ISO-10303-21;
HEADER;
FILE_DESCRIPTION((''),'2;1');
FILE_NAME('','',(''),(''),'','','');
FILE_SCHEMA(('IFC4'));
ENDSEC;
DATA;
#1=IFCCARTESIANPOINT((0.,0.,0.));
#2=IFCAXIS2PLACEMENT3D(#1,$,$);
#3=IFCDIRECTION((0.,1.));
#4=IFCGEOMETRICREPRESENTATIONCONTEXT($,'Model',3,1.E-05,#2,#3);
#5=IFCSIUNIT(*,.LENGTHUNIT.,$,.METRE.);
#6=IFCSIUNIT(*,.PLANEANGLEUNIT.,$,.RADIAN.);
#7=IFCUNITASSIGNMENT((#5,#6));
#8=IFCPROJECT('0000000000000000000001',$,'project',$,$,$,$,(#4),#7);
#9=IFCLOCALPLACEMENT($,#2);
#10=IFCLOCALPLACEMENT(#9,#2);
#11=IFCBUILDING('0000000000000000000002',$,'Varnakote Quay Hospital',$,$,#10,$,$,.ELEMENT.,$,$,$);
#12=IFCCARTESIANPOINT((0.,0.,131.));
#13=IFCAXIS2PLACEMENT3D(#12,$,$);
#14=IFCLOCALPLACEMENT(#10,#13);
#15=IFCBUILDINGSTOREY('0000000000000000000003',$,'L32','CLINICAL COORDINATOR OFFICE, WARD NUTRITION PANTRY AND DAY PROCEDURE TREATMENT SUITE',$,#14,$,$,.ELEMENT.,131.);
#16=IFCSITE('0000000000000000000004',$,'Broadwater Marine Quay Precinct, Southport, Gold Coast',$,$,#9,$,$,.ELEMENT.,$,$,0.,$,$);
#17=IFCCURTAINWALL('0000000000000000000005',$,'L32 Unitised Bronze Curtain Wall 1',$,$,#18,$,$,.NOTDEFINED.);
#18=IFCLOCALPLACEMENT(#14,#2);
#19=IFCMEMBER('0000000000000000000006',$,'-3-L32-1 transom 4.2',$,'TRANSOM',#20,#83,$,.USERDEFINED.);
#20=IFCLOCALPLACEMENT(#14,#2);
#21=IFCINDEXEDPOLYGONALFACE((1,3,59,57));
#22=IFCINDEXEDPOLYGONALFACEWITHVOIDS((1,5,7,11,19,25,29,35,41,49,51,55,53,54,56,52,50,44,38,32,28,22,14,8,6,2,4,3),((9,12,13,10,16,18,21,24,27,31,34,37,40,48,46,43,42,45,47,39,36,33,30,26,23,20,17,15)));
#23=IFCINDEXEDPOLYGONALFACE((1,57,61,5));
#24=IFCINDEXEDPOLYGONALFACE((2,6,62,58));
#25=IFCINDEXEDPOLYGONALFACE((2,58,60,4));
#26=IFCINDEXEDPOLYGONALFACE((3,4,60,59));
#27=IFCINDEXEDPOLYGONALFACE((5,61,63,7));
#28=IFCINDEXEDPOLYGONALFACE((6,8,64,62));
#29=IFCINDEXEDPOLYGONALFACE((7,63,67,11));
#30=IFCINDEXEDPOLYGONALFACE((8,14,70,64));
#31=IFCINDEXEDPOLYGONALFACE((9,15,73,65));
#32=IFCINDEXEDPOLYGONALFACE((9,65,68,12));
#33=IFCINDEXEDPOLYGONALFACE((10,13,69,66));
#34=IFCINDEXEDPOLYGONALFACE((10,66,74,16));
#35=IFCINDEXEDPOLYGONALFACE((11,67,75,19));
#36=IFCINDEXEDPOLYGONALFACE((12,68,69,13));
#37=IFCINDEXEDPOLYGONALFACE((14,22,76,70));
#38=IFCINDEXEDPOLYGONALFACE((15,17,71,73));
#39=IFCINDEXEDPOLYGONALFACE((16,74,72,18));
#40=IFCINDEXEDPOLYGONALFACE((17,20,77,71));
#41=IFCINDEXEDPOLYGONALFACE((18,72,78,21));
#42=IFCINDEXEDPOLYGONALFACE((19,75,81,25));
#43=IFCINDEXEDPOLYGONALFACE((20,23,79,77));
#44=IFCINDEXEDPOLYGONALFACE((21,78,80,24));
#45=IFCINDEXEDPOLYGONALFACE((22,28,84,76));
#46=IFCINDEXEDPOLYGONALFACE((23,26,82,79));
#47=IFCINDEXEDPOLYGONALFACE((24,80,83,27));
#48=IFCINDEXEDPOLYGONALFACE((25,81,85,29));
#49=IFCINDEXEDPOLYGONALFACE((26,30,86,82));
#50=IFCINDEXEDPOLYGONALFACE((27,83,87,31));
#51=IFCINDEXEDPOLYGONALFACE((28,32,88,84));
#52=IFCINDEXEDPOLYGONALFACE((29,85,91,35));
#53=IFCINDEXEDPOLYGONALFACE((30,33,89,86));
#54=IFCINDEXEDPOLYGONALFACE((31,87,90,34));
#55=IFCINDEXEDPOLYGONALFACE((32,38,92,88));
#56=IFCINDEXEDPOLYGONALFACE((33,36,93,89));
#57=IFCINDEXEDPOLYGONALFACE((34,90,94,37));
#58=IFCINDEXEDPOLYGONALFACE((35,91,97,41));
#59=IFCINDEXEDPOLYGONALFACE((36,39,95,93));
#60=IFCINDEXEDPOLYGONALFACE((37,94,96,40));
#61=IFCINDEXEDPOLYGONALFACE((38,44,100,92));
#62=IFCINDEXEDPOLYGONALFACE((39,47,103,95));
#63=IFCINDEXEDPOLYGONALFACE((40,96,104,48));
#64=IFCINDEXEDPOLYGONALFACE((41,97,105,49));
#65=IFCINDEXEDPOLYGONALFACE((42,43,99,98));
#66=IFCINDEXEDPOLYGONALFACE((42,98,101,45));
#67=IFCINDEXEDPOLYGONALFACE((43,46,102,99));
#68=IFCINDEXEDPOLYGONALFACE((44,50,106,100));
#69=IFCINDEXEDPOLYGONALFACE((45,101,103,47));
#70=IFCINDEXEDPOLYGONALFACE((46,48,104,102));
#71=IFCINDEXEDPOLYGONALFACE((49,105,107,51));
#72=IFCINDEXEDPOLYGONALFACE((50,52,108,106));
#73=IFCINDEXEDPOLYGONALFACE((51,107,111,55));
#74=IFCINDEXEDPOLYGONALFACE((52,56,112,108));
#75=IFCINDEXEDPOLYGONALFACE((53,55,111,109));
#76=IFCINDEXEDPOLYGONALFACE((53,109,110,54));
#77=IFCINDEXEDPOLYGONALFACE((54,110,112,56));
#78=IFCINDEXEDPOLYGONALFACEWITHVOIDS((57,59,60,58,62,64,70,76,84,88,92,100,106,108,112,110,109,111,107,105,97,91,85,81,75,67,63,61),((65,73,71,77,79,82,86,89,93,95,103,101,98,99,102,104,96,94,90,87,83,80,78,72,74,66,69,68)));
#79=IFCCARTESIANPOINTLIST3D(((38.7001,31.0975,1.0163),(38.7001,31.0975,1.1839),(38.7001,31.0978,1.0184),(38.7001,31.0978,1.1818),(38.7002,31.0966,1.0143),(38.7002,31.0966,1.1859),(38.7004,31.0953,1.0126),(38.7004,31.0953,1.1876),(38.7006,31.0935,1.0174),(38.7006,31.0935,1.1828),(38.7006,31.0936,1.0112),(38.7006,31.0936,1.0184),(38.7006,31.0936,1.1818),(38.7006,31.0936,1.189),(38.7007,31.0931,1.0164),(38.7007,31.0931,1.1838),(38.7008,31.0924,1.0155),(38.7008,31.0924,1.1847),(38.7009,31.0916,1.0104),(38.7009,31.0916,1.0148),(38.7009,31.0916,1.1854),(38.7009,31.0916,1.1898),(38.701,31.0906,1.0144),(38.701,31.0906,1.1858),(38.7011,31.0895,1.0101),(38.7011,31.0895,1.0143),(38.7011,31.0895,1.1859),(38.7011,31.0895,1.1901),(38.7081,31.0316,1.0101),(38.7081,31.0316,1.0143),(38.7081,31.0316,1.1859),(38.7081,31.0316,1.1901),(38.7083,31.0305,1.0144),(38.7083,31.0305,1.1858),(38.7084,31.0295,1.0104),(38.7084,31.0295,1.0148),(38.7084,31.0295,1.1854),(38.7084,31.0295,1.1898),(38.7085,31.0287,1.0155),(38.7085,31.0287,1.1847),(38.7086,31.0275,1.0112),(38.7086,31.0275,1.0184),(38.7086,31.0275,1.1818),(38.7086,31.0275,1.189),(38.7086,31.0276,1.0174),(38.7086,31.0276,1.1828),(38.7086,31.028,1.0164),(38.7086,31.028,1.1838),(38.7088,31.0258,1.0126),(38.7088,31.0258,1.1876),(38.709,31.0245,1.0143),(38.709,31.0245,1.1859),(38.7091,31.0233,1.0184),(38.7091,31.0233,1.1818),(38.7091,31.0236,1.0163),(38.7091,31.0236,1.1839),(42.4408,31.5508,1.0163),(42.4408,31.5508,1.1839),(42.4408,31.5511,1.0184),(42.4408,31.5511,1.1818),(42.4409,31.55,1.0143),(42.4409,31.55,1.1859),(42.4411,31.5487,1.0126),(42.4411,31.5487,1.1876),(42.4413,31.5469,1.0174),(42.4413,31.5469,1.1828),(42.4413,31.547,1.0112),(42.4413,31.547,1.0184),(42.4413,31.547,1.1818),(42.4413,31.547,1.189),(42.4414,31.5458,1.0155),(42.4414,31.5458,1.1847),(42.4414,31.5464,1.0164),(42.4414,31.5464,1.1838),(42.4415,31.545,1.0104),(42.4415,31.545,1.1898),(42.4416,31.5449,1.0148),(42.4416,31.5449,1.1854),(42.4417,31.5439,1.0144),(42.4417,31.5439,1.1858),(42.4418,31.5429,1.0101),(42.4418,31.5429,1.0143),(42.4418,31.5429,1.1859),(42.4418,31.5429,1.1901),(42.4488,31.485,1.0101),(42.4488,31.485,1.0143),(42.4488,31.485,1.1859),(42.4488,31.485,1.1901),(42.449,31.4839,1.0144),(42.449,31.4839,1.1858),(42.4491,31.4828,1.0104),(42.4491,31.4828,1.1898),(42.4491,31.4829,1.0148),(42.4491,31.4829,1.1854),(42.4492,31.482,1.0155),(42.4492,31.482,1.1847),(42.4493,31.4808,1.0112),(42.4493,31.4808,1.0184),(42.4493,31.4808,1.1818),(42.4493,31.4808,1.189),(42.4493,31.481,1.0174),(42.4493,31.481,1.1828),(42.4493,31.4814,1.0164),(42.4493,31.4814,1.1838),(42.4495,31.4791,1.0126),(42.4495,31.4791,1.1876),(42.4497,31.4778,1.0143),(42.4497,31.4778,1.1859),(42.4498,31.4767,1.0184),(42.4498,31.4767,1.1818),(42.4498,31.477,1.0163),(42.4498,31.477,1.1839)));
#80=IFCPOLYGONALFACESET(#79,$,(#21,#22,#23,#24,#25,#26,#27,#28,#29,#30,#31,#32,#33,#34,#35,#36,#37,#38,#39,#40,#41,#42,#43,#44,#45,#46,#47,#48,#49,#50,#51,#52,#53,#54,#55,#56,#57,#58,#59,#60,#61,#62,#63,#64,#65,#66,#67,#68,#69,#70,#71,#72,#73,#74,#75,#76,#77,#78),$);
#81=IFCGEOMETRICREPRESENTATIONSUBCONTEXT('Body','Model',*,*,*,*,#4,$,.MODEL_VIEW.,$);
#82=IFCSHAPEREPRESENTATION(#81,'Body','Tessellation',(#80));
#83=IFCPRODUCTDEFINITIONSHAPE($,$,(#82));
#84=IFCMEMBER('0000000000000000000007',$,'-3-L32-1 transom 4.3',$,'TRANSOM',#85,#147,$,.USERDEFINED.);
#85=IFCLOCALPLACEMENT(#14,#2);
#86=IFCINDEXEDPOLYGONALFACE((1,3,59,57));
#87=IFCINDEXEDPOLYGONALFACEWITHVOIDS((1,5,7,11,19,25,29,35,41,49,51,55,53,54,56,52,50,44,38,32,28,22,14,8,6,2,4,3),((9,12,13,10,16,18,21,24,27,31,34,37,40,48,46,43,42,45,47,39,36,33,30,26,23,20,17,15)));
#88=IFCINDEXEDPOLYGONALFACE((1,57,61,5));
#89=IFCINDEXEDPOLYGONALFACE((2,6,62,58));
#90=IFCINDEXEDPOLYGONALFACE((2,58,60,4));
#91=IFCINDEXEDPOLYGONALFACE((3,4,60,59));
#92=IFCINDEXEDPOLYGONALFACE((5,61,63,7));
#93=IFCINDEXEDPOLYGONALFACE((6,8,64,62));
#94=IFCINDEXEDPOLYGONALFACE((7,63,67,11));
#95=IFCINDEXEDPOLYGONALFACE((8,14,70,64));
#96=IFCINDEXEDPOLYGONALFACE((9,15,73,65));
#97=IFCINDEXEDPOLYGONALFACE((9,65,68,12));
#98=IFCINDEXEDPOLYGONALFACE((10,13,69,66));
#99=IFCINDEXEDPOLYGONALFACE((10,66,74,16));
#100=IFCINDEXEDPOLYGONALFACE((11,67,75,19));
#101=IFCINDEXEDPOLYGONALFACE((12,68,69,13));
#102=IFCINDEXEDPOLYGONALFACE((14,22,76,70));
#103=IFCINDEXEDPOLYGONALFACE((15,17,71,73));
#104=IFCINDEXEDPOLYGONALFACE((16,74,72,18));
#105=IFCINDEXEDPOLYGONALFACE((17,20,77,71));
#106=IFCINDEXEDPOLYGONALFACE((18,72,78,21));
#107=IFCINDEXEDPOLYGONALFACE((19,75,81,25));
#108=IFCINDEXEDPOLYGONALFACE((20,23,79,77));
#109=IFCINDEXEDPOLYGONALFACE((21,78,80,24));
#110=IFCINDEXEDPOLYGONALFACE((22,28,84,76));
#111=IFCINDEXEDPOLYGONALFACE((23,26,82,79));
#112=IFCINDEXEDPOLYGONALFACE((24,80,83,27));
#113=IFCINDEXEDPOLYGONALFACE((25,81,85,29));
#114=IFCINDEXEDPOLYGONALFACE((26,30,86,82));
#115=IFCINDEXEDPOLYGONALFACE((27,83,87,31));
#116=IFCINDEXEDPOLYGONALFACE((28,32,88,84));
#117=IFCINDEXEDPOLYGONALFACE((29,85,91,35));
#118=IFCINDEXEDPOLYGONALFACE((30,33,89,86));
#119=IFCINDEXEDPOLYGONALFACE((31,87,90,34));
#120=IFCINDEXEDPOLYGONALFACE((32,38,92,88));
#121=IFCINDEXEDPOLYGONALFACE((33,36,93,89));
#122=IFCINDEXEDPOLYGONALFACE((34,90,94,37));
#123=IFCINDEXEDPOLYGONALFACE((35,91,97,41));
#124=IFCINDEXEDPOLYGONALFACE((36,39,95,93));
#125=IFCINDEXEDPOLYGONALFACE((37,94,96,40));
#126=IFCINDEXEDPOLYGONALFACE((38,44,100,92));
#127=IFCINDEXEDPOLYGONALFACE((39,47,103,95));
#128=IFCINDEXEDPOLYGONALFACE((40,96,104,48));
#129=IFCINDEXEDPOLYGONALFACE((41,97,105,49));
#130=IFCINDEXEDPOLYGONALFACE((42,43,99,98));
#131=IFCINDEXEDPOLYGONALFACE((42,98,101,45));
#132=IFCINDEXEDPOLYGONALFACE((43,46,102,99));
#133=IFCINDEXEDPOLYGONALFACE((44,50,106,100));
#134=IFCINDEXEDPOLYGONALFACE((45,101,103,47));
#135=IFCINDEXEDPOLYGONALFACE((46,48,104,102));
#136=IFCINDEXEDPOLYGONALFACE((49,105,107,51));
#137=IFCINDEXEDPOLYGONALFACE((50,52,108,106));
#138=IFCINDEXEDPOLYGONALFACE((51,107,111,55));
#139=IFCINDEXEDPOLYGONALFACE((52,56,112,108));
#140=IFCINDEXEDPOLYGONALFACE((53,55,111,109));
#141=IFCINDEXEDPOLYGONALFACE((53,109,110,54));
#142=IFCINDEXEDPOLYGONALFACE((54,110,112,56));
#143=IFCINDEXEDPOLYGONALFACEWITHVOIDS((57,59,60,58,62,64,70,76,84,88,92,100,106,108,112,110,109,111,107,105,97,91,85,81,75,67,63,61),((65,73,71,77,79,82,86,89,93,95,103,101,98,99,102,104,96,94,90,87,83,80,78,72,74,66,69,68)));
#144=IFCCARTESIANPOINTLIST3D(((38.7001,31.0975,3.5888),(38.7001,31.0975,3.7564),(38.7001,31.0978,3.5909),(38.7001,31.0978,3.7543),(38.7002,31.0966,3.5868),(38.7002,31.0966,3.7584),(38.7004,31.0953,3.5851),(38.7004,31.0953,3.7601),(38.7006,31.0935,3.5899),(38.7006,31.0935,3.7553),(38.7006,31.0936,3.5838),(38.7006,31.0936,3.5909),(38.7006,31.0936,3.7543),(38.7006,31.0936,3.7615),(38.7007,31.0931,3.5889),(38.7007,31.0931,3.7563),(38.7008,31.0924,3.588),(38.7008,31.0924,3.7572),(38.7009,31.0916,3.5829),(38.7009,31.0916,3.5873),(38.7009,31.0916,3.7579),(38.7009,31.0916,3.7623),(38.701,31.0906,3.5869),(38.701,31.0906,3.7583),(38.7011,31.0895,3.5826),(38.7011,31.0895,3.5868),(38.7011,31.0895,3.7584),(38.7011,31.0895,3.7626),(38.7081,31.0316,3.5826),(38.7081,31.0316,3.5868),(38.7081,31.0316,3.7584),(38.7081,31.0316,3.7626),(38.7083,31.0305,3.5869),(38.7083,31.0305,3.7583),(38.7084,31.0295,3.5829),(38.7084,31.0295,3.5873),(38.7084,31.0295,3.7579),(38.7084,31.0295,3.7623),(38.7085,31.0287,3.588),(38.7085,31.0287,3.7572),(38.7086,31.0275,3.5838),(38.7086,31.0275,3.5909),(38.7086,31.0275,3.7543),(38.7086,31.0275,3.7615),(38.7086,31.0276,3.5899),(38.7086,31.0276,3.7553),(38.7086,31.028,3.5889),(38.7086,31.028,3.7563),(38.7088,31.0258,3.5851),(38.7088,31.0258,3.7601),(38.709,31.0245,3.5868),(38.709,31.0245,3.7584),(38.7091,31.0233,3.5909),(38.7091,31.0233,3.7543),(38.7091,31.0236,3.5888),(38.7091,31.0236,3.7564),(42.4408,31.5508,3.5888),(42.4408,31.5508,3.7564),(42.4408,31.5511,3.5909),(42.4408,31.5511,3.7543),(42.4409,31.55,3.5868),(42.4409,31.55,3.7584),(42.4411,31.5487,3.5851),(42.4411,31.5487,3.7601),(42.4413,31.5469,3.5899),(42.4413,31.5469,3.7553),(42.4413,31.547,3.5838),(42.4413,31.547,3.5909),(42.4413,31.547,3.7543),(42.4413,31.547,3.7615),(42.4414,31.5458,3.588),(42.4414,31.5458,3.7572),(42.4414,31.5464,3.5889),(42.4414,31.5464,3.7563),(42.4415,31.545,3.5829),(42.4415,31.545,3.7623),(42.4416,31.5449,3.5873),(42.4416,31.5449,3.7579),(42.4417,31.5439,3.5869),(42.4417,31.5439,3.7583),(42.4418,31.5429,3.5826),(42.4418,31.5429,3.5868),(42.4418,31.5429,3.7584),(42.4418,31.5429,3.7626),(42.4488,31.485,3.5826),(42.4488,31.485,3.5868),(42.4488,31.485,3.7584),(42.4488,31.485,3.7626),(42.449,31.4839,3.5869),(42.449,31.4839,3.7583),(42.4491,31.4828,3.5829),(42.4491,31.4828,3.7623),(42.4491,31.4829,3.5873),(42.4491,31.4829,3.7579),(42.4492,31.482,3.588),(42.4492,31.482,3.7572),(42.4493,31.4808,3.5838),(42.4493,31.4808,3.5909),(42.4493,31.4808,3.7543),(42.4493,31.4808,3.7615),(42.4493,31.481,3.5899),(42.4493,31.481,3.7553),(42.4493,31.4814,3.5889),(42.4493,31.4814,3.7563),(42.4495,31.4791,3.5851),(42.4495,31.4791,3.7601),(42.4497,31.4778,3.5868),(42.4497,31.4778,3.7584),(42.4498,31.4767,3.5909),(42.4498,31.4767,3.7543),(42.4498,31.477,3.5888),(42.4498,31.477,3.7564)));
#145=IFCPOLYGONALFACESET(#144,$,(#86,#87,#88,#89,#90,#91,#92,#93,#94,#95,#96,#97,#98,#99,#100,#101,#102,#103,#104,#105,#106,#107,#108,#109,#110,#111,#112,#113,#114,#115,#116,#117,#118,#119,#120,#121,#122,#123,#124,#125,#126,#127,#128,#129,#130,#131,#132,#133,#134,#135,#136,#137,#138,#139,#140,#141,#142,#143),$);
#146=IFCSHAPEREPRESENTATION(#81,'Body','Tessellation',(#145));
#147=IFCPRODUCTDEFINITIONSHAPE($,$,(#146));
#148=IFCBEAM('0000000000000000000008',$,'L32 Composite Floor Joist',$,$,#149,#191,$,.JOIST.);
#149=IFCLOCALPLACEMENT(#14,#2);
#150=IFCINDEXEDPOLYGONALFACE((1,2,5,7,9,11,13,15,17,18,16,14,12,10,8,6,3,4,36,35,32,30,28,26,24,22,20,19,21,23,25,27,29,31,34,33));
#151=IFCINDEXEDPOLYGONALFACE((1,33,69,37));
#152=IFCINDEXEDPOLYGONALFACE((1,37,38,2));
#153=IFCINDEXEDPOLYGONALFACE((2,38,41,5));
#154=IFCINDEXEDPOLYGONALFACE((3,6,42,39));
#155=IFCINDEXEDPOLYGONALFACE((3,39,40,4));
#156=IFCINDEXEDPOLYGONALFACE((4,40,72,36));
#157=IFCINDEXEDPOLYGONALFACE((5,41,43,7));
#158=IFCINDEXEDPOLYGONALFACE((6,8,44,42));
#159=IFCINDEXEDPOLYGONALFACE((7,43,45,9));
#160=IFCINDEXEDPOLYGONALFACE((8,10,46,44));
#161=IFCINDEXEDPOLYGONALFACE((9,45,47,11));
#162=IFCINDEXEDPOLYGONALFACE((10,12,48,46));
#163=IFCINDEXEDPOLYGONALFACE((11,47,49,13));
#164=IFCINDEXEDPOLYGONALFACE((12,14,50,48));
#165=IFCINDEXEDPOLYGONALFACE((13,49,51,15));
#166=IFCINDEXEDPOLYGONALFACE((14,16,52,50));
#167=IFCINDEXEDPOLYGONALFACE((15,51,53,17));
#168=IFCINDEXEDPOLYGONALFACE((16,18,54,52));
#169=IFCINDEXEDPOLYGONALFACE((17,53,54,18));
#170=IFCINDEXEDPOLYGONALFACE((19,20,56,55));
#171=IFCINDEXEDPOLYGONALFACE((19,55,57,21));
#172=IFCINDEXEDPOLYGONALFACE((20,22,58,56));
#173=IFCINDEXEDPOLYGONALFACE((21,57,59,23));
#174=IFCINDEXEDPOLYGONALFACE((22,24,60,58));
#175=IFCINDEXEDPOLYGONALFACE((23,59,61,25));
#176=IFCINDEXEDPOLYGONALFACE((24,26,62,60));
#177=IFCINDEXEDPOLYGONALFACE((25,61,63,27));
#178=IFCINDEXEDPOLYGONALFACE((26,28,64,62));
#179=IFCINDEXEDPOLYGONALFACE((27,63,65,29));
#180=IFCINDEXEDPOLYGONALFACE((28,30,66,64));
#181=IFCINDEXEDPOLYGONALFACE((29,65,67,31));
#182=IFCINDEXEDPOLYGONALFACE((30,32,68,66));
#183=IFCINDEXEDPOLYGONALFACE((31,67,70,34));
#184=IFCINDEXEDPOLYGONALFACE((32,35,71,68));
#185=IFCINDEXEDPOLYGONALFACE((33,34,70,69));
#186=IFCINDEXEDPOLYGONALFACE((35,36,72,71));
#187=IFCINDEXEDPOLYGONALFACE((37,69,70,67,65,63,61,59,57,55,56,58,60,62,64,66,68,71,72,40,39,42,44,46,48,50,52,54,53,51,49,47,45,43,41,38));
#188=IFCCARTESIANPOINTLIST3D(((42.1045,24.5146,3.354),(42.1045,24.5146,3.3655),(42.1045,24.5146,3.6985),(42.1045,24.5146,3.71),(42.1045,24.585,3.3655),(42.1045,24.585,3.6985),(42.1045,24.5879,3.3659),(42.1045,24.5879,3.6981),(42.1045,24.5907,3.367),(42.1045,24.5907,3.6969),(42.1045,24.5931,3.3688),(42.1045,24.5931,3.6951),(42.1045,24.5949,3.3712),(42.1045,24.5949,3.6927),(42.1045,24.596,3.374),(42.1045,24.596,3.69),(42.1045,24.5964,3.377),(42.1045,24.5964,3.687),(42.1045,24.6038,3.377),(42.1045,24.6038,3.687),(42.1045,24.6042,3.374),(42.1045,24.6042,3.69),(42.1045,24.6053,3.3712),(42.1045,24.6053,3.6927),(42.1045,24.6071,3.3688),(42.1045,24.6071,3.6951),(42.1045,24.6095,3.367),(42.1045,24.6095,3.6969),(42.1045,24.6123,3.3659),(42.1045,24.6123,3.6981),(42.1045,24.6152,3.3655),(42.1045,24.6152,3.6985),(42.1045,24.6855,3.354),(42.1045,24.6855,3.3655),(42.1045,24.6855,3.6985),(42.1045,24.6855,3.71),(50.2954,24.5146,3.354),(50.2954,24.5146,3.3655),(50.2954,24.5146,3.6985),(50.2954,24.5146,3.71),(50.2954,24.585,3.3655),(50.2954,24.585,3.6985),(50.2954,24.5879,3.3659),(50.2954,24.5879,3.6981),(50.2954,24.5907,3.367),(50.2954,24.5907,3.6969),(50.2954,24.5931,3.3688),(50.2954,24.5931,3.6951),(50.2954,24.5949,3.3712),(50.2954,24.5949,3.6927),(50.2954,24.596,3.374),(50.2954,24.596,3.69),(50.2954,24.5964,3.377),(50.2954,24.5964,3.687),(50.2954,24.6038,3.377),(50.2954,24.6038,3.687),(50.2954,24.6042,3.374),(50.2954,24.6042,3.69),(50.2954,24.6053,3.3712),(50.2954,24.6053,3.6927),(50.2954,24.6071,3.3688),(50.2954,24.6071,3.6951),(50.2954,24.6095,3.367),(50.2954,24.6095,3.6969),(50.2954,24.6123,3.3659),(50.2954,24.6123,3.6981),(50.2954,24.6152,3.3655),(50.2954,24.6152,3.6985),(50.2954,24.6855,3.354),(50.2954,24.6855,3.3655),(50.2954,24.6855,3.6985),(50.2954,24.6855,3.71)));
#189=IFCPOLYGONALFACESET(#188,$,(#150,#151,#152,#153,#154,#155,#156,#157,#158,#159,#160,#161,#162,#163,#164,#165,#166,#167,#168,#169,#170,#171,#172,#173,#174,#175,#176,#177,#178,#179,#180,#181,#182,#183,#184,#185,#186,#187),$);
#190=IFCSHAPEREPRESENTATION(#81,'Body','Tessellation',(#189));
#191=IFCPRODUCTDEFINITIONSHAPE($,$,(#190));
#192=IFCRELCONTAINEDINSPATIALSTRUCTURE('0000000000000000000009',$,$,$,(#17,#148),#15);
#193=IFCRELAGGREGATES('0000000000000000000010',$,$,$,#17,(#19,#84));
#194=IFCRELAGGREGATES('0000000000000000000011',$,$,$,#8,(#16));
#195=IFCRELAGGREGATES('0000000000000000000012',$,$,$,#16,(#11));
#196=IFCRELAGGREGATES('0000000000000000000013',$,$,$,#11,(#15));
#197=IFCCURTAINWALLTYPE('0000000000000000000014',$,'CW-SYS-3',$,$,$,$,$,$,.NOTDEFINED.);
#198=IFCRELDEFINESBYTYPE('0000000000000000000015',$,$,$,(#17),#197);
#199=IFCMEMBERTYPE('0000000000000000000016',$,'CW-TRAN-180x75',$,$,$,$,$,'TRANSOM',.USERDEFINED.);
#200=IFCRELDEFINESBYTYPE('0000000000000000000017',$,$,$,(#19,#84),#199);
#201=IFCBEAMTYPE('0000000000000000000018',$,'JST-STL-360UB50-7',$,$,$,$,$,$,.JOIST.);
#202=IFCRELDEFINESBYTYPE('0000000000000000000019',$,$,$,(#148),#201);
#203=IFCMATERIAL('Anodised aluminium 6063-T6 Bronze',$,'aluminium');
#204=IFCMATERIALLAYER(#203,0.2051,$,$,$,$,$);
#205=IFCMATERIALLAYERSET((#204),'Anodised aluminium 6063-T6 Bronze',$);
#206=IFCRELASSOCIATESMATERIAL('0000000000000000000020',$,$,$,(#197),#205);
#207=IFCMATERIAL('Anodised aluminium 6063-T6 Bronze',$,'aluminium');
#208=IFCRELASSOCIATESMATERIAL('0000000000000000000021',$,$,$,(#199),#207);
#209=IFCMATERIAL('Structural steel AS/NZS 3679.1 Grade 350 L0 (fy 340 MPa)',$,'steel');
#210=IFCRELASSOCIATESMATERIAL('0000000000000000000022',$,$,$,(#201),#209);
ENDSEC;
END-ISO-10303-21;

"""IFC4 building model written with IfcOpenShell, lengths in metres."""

from ifc_helpers import new_model, si_unit, direction, frame, origin, origin_2d, place, context, subcontext, project, spatial, hollow_rectangle, i_section, extrude, material, layer, layer_set, material_profile, profile_set, type_object, element, aggregate, save


model = new_model("IFC4")

# Units and contexts
model_context = context("Model", 3, precision=1e-05, world=origin(), true_north=direction((0.0, 1.0)))
body_context = subcontext(model_context, "Body", "Model", "MODEL_VIEW")
ifc_project = project(units=[si_unit("LENGTHUNIT", "METRE"), si_unit("PLANEANGLEUNIT", "RADIAN")], contexts=[model_context])

# Site, building, storey
site_placement = place(None, origin())
site = spatial("IfcSite", under=ifc_project, at=site_placement, Name="Broadwater Marine Quay Precinct, Southport, Gold Coast", CompositionType="ELEMENT", RefElevation=0.0)
building_placement = place(site_placement, origin())
building = spatial("IfcBuilding", under=site, at=building_placement, Name="Varnakote Quay Hospital", CompositionType="ELEMENT")
storey_placement = place(building_placement, frame((0.0, 0.0, 131.0)))
storey = spatial("IfcBuildingStorey", under=building, at=storey_placement, Name="L32", Description="CLINICAL COORDINATOR OFFICE, WARD NUTRITION PANTRY AND DAY PROCEDURE TREATMENT SUITE", CompositionType="ELEMENT", Elevation=131.0)

# Curtain wall, members
ifc_material_1 = material(Name="Anodised aluminium 6063-T6 Bronze", Category="aluminium")
ifc_layer_1 = layer(ifc_material_1, 0.2051)
ifc_layer_set_1 = layer_set([ifc_layer_1], Name="Anodised aluminium 6063-T6 Bronze")
curtain_wall_type = type_object("IfcCurtainWallType", Name="CW-SYS-3", PredefinedType="NOTDEFINED", material=ifc_layer_set_1)
curtain_wall_placement = place(storey_placement, origin())
curtain_wall = element("IfcCurtainWall", 1, at=curtain_wall_placement, inside=storey, type_object=curtain_wall_type, Name="L32 Unitised Bronze Curtain Wall 1", PredefinedType="NOTDEFINED")
ifc_material_2 = material(Name="Anodised aluminium 6063-T6 Bronze", Category="aluminium")
ifc_material_profile_1 = material_profile(ifc_material_2, hollow_rectangle(XDim=0.075, YDim=0.1799, WallThickness=0.0042, InnerFilletRadius=0.0042, OuterFilletRadius=0.0083, at=origin_2d()), Name="CW-TRAN-180x75")
ifc_profile_set_1 = profile_set([ifc_material_profile_1], Name="Anodised aluminium 6063-T6 Bronze")
member_type_1 = type_object("IfcMemberType", Name="CW-TRAN-180x75", ElementType="TRANSOM", PredefinedType="USERDEFINED", material=ifc_profile_set_1)
member_1_placement = place(storey_placement, frame((42.4453, 31.5139, 1.1001), z_axis=(-0.992735, -0.120318, 0.0), x_axis=(0.120318, -0.992735, 0.0)))
member_1 = element("IfcMember", 2, at=member_1_placement, type_object=member_type_1, Name="-3-L32-1 transom 4.2", ObjectType="TRANSOM", PredefinedType="USERDEFINED", context=body_context, shape_type="SweptSolid", body=[
    extrude(hollow_rectangle(XDim=0.075, YDim=0.1799, WallThickness=0.0042, InnerFilletRadius=0.0042, OuterFilletRadius=0.0083, at=origin_2d()), origin(), (0.0, 0.0, 1.0), 3.7681),
])
member_2_placement = place(storey_placement, frame((42.4453, 31.5139, 3.6726), z_axis=(-0.992735, -0.120318, 0.0), x_axis=(0.120318, -0.992735, 0.0)))
member_2 = element("IfcMember", 3, at=member_2_placement, type_object=member_type_1, Name="-3-L32-1 transom 4.3", ObjectType="TRANSOM", PredefinedType="USERDEFINED", context=body_context, shape_type="SweptSolid", body=[
    extrude(hollow_rectangle(XDim=0.075, YDim=0.1799, WallThickness=0.0042, InnerFilletRadius=0.0042, OuterFilletRadius=0.0083, at=origin_2d()), origin(), (0.0, 0.0, 1.0), 3.7681),
])

# Beam
ifc_material_3 = material(Name="Structural steel AS/NZS 3679.1 Grade 350 L0 (fy 340 MPa)", Category="steel")
ifc_material_profile_2 = material_profile(ifc_material_3, i_section(OverallWidth=0.1709, OverallDepth=0.356, WebThickness=0.0073, FlangeThickness=0.0115, FilletRadius=0.0115, at=origin_2d()), Name="360UB50.7")
ifc_profile_set_2 = profile_set([ifc_material_profile_2], Name="Structural steel AS/NZS 3679.1 Grade 350 L0 (fy 340 MPa)")
beam_type_1 = type_object("IfcBeamType", Name="JST-STL-360UB50-7", PredefinedType="JOIST", material=ifc_profile_set_2)
beam_1_placement = place(storey_placement, frame((42.1045, 24.6001, 3.532), z_axis=(1.0, 0.0, 0.0), x_axis=(0.0, 1.0, 0.0)))
element("IfcBeam", 4, at=beam_1_placement, inside=storey, type_object=beam_type_1, Name="L32 Composite Floor Joist", PredefinedType="JOIST", context=body_context, shape_type="SweptSolid", body=[
    extrude(i_section(OverallWidth=0.1709, OverallDepth=0.356, WebThickness=0.0073, FlangeThickness=0.0115, FilletRadius=0.0115, at=origin_2d()), origin(), (0.0, 0.0, 1.0), 8.1909),
])

aggregate(curtain_wall, [member_1, member_2])

save(model, "model.ifc")
